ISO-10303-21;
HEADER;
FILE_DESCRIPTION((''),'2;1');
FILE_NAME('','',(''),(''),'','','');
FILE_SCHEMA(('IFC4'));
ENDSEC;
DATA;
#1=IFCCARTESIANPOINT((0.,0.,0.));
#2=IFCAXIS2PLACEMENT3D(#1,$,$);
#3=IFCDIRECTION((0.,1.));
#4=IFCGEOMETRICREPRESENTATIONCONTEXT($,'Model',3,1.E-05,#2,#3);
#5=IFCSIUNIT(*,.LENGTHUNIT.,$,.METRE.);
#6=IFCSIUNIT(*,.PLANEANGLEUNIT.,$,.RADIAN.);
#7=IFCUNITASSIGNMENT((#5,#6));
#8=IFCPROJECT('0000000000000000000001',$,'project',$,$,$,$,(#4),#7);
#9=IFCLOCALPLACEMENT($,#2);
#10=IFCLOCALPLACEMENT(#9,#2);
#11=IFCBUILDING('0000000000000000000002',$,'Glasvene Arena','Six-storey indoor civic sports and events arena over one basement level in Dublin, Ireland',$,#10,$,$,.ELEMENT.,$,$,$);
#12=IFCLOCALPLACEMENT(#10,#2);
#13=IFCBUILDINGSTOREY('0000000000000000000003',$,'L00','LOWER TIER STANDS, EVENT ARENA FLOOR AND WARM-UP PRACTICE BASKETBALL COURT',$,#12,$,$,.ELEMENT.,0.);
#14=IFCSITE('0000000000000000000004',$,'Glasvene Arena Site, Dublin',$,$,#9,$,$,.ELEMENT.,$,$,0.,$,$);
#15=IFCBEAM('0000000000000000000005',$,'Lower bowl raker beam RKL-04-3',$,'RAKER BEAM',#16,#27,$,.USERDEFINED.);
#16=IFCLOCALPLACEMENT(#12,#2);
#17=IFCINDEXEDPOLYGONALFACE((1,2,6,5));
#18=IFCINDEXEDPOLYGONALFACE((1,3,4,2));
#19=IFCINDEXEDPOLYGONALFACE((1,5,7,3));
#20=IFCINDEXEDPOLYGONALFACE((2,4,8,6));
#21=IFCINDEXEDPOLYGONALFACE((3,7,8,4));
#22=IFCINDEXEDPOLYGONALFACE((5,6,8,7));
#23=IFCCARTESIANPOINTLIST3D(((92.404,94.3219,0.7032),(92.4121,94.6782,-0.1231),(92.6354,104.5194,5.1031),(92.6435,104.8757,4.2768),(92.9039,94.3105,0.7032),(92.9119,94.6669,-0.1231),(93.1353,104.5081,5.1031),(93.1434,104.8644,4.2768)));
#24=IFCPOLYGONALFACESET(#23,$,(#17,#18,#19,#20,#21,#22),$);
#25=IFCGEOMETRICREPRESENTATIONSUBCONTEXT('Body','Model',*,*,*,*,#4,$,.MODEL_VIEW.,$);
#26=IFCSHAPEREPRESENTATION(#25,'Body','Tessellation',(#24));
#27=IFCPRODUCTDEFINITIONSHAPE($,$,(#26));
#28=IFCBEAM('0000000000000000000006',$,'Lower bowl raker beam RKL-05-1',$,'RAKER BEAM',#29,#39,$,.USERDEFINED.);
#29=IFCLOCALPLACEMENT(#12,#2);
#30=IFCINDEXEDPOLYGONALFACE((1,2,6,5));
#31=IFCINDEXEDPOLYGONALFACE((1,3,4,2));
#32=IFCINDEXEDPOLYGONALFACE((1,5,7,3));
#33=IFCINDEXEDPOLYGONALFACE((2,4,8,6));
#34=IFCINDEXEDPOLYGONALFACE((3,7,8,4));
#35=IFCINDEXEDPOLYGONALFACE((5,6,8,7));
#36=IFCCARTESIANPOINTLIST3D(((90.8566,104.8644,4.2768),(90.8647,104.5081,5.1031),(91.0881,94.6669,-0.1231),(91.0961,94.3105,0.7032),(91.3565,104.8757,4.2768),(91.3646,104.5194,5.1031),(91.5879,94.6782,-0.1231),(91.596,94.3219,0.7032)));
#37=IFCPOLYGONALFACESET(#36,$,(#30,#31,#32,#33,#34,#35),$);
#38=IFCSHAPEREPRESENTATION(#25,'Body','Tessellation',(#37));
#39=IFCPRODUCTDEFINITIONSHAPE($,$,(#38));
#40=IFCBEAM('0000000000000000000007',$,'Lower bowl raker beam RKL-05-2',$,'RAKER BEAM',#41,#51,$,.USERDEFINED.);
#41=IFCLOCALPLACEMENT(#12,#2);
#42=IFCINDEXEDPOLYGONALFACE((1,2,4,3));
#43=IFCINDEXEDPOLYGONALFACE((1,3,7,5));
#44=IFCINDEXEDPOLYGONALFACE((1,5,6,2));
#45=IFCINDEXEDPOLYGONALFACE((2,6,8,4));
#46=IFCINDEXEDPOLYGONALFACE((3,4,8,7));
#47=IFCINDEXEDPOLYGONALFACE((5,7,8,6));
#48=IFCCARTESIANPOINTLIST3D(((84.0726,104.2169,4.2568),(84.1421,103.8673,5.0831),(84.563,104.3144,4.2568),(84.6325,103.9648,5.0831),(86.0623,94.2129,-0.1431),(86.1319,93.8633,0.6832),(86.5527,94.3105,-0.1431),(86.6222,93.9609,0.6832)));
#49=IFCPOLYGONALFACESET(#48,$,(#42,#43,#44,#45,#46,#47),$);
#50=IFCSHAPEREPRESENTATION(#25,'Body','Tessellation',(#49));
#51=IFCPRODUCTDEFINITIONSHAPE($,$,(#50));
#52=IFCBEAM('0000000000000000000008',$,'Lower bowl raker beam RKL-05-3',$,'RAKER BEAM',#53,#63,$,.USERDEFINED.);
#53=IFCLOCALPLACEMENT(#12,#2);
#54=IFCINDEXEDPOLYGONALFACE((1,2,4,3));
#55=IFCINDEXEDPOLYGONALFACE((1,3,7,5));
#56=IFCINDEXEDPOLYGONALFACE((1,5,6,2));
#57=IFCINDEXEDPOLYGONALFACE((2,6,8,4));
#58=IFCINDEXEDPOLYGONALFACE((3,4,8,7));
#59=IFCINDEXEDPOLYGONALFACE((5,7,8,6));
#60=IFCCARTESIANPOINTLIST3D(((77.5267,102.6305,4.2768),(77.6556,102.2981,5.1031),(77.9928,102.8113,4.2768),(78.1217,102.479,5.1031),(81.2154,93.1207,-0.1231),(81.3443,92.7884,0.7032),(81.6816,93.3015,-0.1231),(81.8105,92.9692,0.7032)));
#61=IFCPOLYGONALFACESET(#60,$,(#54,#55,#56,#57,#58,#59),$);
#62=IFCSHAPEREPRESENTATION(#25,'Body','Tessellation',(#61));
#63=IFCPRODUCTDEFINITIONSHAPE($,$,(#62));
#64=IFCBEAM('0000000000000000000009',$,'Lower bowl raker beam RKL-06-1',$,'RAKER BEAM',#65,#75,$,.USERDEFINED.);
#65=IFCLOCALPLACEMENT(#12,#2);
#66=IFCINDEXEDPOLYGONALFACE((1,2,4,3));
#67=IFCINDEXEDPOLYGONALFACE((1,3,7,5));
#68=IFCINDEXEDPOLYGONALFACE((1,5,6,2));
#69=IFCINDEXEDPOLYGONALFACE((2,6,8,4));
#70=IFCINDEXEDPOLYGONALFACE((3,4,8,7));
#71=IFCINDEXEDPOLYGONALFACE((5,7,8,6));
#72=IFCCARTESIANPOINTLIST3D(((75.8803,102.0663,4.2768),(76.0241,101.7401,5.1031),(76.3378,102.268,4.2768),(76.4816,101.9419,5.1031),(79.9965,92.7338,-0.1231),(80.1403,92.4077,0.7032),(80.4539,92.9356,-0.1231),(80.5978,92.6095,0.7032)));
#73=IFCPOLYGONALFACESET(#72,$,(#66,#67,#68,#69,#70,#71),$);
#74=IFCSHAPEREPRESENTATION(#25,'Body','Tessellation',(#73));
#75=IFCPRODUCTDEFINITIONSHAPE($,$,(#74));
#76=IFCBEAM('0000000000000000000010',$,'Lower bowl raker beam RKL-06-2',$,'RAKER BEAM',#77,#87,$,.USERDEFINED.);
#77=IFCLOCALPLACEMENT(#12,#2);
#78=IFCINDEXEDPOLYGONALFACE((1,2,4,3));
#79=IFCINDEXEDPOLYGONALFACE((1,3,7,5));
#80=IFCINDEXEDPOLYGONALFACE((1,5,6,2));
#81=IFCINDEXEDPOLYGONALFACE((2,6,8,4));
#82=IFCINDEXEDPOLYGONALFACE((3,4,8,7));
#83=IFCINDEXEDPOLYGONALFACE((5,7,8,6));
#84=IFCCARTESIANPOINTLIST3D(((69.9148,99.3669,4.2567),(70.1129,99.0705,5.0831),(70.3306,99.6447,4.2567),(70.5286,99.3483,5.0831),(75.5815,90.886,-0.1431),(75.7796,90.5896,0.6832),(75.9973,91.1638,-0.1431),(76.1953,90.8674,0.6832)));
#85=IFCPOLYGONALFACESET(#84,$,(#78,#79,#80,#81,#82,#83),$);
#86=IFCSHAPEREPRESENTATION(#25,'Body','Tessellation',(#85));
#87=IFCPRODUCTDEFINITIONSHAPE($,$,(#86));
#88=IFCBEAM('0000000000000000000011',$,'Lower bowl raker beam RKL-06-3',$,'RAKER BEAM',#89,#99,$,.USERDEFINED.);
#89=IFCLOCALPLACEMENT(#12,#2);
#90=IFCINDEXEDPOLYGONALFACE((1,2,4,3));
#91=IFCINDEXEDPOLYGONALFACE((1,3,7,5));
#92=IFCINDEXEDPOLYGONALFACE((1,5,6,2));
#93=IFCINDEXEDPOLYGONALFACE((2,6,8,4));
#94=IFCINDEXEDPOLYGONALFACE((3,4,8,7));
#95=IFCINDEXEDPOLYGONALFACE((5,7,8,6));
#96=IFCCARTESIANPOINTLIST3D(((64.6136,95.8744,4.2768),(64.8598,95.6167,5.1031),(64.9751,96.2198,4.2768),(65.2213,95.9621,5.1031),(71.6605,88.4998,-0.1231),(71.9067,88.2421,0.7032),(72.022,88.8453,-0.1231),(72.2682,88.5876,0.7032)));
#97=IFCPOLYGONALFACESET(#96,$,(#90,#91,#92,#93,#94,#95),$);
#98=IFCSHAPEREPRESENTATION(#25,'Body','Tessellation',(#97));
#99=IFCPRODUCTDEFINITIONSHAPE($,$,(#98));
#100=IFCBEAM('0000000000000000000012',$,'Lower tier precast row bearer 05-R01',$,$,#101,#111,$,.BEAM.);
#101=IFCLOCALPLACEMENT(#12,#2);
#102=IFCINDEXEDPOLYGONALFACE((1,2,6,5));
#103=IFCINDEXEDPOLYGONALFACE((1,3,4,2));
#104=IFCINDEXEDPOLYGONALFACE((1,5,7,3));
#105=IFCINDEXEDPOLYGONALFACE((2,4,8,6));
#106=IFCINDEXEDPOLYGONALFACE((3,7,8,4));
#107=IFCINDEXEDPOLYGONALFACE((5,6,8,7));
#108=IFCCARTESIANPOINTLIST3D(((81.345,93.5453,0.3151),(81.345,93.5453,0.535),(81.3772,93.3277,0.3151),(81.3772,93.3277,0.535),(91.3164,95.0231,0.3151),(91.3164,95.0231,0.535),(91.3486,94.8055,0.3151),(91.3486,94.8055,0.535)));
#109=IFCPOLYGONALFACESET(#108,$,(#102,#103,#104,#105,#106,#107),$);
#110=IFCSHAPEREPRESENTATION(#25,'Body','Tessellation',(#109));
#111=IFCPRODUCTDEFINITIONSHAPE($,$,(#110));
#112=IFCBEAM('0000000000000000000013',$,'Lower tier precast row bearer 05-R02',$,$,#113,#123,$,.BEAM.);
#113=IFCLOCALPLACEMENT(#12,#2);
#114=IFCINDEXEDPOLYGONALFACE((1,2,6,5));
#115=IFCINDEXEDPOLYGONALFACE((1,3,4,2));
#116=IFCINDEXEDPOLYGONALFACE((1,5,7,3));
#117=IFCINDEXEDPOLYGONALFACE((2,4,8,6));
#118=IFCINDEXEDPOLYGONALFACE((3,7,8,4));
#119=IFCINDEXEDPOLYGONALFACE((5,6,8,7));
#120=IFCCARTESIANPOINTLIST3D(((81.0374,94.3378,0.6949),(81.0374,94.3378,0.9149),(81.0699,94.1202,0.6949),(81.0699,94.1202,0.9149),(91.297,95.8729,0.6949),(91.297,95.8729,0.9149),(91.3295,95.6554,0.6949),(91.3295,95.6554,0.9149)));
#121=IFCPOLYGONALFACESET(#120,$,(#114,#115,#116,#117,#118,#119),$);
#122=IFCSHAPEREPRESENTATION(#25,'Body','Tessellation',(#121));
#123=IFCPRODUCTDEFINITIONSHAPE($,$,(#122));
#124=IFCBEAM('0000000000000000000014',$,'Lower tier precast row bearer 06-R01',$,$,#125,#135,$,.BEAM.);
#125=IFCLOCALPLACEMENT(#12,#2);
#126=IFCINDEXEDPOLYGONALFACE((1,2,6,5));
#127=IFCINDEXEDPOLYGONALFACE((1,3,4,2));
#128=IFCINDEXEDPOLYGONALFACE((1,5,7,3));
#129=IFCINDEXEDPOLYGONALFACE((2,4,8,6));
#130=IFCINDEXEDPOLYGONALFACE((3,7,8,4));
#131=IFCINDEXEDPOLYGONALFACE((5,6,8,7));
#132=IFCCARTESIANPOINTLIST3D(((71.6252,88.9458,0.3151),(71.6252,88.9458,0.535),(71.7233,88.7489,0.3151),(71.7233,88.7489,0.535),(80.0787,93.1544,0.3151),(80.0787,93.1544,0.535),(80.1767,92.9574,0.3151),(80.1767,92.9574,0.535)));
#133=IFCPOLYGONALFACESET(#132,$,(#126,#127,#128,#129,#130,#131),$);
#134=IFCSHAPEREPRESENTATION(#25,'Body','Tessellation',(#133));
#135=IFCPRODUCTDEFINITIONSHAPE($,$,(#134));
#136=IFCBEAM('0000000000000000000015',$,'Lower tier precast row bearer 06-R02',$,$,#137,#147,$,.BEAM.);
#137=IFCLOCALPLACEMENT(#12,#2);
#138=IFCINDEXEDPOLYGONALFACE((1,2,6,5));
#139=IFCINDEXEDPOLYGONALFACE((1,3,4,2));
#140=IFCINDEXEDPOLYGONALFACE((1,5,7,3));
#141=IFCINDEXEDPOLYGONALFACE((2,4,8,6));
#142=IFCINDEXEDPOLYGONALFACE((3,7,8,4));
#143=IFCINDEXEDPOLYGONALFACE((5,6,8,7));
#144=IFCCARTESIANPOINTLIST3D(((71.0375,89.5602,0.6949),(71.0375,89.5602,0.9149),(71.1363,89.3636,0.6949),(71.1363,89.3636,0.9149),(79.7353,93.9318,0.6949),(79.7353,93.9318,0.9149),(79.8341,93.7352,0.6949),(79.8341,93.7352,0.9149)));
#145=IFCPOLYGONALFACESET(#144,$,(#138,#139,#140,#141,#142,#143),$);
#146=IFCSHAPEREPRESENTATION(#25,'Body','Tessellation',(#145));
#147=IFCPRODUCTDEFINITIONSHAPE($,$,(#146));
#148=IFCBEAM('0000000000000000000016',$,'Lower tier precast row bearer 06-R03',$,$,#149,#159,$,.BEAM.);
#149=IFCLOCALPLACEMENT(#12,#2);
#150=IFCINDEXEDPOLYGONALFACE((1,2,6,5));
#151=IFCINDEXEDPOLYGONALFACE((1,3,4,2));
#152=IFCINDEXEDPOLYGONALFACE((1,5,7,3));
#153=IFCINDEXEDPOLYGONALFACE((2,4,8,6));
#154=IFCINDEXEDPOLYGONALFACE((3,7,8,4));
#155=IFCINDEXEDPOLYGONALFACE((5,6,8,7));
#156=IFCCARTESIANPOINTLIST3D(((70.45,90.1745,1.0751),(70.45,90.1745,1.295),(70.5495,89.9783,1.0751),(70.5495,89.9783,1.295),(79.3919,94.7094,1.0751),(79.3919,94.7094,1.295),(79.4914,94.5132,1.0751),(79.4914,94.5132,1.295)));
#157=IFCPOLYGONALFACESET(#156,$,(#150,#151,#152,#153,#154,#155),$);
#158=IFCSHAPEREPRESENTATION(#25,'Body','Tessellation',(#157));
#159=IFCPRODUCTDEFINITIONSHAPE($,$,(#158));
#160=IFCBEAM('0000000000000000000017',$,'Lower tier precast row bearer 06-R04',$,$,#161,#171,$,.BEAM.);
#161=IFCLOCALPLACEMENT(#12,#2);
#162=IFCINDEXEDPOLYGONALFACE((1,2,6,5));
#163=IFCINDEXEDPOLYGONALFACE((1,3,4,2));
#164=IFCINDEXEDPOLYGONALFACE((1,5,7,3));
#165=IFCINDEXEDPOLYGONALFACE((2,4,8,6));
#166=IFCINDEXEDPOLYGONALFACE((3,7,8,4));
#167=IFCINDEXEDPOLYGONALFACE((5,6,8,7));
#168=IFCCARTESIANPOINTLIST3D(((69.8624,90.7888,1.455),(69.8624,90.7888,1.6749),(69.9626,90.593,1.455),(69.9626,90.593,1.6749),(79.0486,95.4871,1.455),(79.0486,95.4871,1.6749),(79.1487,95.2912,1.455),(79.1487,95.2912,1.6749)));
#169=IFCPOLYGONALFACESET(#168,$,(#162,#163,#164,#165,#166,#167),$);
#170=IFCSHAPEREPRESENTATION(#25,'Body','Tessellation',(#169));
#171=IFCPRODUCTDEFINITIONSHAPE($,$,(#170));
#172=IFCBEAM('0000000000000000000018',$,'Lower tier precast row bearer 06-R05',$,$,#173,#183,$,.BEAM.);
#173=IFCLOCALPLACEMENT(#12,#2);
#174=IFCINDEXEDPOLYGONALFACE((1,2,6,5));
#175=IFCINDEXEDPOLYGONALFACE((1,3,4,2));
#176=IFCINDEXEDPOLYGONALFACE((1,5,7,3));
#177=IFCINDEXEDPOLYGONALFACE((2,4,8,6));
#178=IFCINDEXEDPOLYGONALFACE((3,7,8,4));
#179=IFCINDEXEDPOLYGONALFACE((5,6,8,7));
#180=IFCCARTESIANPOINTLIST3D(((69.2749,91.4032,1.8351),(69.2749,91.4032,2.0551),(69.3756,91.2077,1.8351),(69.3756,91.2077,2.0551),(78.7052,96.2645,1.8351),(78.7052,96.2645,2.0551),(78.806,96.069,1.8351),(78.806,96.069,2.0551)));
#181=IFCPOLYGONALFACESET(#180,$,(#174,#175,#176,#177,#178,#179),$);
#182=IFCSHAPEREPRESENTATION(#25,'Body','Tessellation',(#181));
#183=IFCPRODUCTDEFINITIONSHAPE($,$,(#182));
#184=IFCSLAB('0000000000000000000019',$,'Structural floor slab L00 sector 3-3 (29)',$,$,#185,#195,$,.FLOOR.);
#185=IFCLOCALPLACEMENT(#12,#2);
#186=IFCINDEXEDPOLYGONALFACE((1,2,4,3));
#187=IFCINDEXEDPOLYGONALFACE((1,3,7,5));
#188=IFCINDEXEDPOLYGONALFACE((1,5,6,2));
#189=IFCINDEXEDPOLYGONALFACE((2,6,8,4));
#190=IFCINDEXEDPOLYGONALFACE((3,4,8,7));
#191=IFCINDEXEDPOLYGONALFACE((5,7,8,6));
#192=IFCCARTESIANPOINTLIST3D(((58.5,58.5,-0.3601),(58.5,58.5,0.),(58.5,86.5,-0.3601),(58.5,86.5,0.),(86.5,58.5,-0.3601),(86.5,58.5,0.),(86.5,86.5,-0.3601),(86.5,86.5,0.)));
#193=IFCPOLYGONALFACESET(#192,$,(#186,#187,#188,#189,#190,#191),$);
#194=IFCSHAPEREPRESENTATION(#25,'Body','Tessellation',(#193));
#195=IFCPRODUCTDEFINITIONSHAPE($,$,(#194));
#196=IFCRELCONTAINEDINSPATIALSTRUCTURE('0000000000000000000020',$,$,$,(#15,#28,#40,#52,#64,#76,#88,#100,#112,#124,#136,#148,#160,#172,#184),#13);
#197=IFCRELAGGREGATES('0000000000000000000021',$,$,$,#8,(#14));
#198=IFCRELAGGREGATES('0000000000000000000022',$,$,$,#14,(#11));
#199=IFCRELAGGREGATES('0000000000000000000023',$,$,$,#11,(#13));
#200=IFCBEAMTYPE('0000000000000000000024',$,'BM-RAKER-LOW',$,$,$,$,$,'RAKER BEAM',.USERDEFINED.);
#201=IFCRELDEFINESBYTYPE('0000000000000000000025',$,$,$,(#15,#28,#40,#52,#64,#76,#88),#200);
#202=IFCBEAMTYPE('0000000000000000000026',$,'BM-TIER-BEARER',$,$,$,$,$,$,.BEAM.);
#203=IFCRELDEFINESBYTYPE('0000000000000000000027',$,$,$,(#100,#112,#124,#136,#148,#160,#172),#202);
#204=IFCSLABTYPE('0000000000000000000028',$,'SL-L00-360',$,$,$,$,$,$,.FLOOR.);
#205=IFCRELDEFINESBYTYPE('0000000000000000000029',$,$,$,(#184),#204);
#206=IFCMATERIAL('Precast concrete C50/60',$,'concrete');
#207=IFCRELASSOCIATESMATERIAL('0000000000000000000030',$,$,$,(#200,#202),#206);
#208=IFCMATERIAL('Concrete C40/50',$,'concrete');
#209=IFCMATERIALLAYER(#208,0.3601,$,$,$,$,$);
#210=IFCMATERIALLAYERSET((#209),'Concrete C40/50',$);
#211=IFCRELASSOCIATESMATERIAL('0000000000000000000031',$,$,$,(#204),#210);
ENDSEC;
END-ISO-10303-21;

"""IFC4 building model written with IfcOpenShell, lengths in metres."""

from ifc_helpers import new_model, si_unit, direction, frame, origin, origin_2d, place, context, subcontext, project, spatial, polyline, rectangle, outline, extrude, material, layer, layer_set, material_profile, profile_set, type_object, element, save


model = new_model("IFC4")

# Units and contexts
model_context = context("Model", 3, precision=1e-05, world=origin(), true_north=direction((0.0, 1.0)))
body_context = subcontext(model_context, "Body", "Model", "MODEL_VIEW")
ifc_project = project(units=[si_unit("LENGTHUNIT", "METRE"), si_unit("PLANEANGLEUNIT", "RADIAN")], contexts=[model_context])

# Site, building, storey
site_placement = place(None, origin())
site = spatial("IfcSite", under=ifc_project, at=site_placement, Name="Glasvene Arena Site, Dublin", CompositionType="ELEMENT", RefElevation=0.0)
building_placement = place(site_placement, origin())
building = spatial("IfcBuilding", under=site, at=building_placement, Name="Glasvene Arena", Description="Six-storey indoor civic sports and events arena over one basement level in Dublin, Ireland", CompositionType="ELEMENT")
storey_placement = place(building_placement, origin())
storey = spatial("IfcBuildingStorey", under=building, at=storey_placement, Name="L00", Description="LOWER TIER STANDS, EVENT ARENA FLOOR AND WARM-UP PRACTICE BASKETBALL COURT", CompositionType="ELEMENT", Elevation=0.0)

# Beams
ifc_material_1 = material(Name="Precast concrete C50/60", Category="concrete")
ifc_material_profile_1 = material_profile(ifc_material_1, rectangle(XDim=0.5, YDim=0.8999, at=origin_2d()), Name="RC 500x900")
ifc_profile_set_1 = profile_set([ifc_material_profile_1], Name="Precast concrete C50/60")
beam_type_1 = type_object("IfcBeamType", Name="BM-RAKER-LOW", ElementType="RAKER BEAM", PredefinedType="USERDEFINED", material=ifc_profile_set_1)
for number, where, z_axis, x_axis, name in (
    (1, (92.658, 94.4944, 0.29), (0.020835, 0.91798, 0.396079), (-0.999743, 0.02269, 0.0), "Lower bowl raker beam RKL-04-3"),
    (2, (91.342, 94.4944, 0.29), (-0.020835, 0.91798, 0.396079), (-0.999743, -0.02269, 0.0), "Lower bowl raker beam RKL-05-1"),
):
    element("IfcBeam", number, at=place(storey_placement, frame(where, z_axis=z_axis, x_axis=x_axis)), inside=storey, type_object=beam_type_1, Name=name, ObjectType="RAKER BEAM", PredefinedType="USERDEFINED", context=body_context, shape_type="SweptSolid", body=[
        extrude(rectangle(XDim=0.5, YDim=0.8999, at=origin_2d()), origin(), (0.0, 0.0, 1.0), 11.1086),
    ])
beam_1_placement = place(storey_placement, frame((86.3423, 94.0869, 0.27), z_axis=(-0.179121, 0.900572, 0.396088), x_axis=(-0.980788, -0.195076, 0.0)))
element("IfcBeam", 3, at=beam_1_placement, inside=storey, type_object=beam_type_1, Name="Lower bowl raker beam RKL-05-2", ObjectType="RAKER BEAM", PredefinedType="USERDEFINED", context=body_context, shape_type="SweptSolid", body=[
    extrude(rectangle(XDim=0.5, YDim=0.8999, at=origin_2d()), origin(), (0.0, 0.0, 1.0), 11.1084),
])
beam_2_placement = place(storey_placement, frame((81.5129, 93.0449, 0.29), z_axis=(-0.332059, 0.856071, 0.39608), x_axis=(-0.93232, -0.361635, 0.0)))
element("IfcBeam", 4, at=beam_2_placement, inside=storey, type_object=beam_type_1, Name="Lower bowl raker beam RKL-05-3", ObjectType="RAKER BEAM", PredefinedType="USERDEFINED", context=body_context, shape_type="SweptSolid", body=[
    extrude(rectangle(XDim=0.5, YDim=0.8999, at=origin_2d()), origin(), (0.0, 0.0, 1.0), 11.1086),
])
for number, where, z_axis, x_axis, name in (
    (5, (80.2971, 92.6716, 0.29), (-0.370547, 0.840126, 0.396085), (-0.914957, -0.403552, 0.0), "Lower bowl raker beam RKL-06-1"),
    (6, (75.8884, 90.8767, 0.27), (-0.510129, 0.763469, 0.396086), (-0.831472, -0.555567, 0.0), "Lower bowl raker beam RKL-06-2"),
):
    element("IfcBeam", number, at=place(storey_placement, frame(where, z_axis=z_axis, x_axis=x_axis)), inside=storey, type_object=beam_type_1, Name=name, ObjectType="RAKER BEAM", PredefinedType="USERDEFINED", context=body_context, shape_type="SweptSolid", body=[
        extrude(rectangle(XDim=0.5, YDim=0.8999, at=origin_2d()), origin(), (0.0, 0.0, 1.0), 11.1084),
    ])
beam_3_placement = place(storey_placement, frame((71.9644, 88.5437, 0.29), z_axis=(-0.634362, 0.663856, 0.396081), x_axis=(-0.722985, -0.690864, 0.0)))
element("IfcBeam", 7, at=beam_3_placement, inside=storey, type_object=beam_type_1, Name="Lower bowl raker beam RKL-06-3", ObjectType="RAKER BEAM", PredefinedType="USERDEFINED", context=body_context, shape_type="SweptSolid", body=[
    extrude(rectangle(XDim=0.5, YDim=0.8999, at=origin_2d()), origin(), (0.0, 0.0, 1.0), 11.1086),
])
ifc_material_profile_2 = material_profile(ifc_material_1, rectangle(XDim=0.22, YDim=0.22, at=origin_2d()), Name="RC 220x220")
ifc_profile_set_2 = profile_set([ifc_material_profile_2], Name="Precast concrete C50/60")
beam_type_2 = type_object("IfcBeamType", Name="BM-TIER-BEARER", PredefinedType="BEAM", material=ifc_profile_set_2)
beam_4_placement = place(storey_placement, frame((91.3325, 94.9143, 0.425), z_axis=(-0.989196, -0.1466, 0.0), x_axis=(0.1466, -0.989196, 0.0)))
element("IfcBeam", 8, at=beam_4_placement, inside=storey, type_object=beam_type_2, Name="Lower tier precast row bearer 05-R01", PredefinedType="BEAM", context=body_context, shape_type="SweptSolid", body=[
    extrude(rectangle(XDim=0.22, YDim=0.22, at=origin_2d()), origin(), (0.0, 0.0, 1.0), 10.0803),
])
beam_5_placement = place(storey_placement, frame((91.3132, 95.7642, 0.8049), z_axis=(-0.98899, -0.147985, 0.0), x_axis=(0.147985, -0.98899, 0.0)))
element("IfcBeam", 9, at=beam_5_placement, inside=storey, type_object=beam_type_2, Name="Lower tier precast row bearer 05-R02", PredefinedType="BEAM", context=body_context, shape_type="SweptSolid", body=[
    extrude(rectangle(XDim=0.22, YDim=0.22, at=origin_2d()), origin(), (0.0, 0.0, 1.0), 10.3738),
])
beam_6_placement = place(storey_placement, frame((80.1277, 93.0559, 0.425), z_axis=(-0.895196, -0.445672, 0.0), x_axis=(0.445672, -0.895196, 0.0)))
element("IfcBeam", 10, at=beam_6_placement, inside=storey, type_object=beam_type_2, Name="Lower tier precast row bearer 06-R01", PredefinedType="BEAM", context=body_context, shape_type="SweptSolid", body=[
    extrude(rectangle(XDim=0.22, YDim=0.22, at=origin_2d()), origin(), (0.0, 0.0, 1.0), 9.4431),
])
beam_7_placement = place(storey_placement, frame((79.7847, 93.8335, 0.8049), z_axis=(-0.893492, -0.449079, 0.0), x_axis=(0.449079, -0.893492, 0.0)))
element("IfcBeam", 11, at=beam_7_placement, inside=storey, type_object=beam_type_2, Name="Lower tier precast row bearer 06-R02", PredefinedType="BEAM", context=body_context, shape_type="SweptSolid", body=[
    extrude(rectangle(XDim=0.22, YDim=0.22, at=origin_2d()), origin(), (0.0, 0.0, 1.0), 9.7346),
])
beam_8_placement = place(storey_placement, frame((79.4417, 94.6113, 1.1851), z_axis=(-0.891861, -0.45231, 0.0), x_axis=(0.45231, -0.891861, 0.0)))
element("IfcBeam", 12, at=beam_8_placement, inside=storey, type_object=beam_type_2, Name="Lower tier precast row bearer 06-R03", PredefinedType="BEAM", context=body_context, shape_type="SweptSolid", body=[
    extrude(rectangle(XDim=0.22, YDim=0.22, at=origin_2d()), origin(), (0.0, 0.0, 1.0), 10.0261),
])
beam_9_placement = place(storey_placement, frame((79.0986, 95.3892, 1.5649), z_axis=(-0.890311, -0.455354, 0.0), x_axis=(0.455354, -0.890311, 0.0)))
element("IfcBeam", 13, at=beam_9_placement, inside=storey, type_object=beam_type_2, Name="Lower tier precast row bearer 06-R04", PredefinedType="BEAM", context=body_context, shape_type="SweptSolid", body=[
    extrude(rectangle(XDim=0.22, YDim=0.22, at=origin_2d()), origin(), (0.0, 0.0, 1.0), 10.3179),
])
beam_10_placement = place(storey_placement, frame((78.7556, 96.1667, 1.9451), z_axis=(-0.88885, -0.458197, 0.0), x_axis=(0.458197, -0.88885, 0.0)))
element("IfcBeam", 14, at=beam_10_placement, inside=storey, type_object=beam_type_2, Name="Lower tier precast row bearer 06-R05", PredefinedType="BEAM", context=body_context, shape_type="SweptSolid", body=[
    extrude(rectangle(XDim=0.22, YDim=0.22, at=origin_2d()), origin(), (0.0, 0.0, 1.0), 10.6096),
])

# Slab
ifc_material_2 = material(Name="Concrete C40/50", Category="concrete")
ifc_layer_1 = layer(ifc_material_2, 0.3601)
ifc_layer_set_1 = layer_set([ifc_layer_1], Name="Concrete C40/50")
slab_type_1 = type_object("IfcSlabType", Name="SL-L00-360", PredefinedType="FLOOR", material=ifc_layer_set_1)
slab_1_placement = place(storey_placement, frame((72.5, 72.5, -0.3601)))
element("IfcSlab", 15, at=slab_1_placement, inside=storey, type_object=slab_type_1, Name="Structural floor slab L00 sector 3-3 (29)", PredefinedType="FLOOR", context=body_context, shape_type="SweptSolid", body=[
    extrude(outline(polyline([(-14.0, -14.0), (-14.0, 14.0), (14.0, 14.0), (14.0, -14.0), (-14.0, -14.0)])), origin(), (0.0, 0.0, 1.0), 0.3601),
])

save(model, "model.ifc")
